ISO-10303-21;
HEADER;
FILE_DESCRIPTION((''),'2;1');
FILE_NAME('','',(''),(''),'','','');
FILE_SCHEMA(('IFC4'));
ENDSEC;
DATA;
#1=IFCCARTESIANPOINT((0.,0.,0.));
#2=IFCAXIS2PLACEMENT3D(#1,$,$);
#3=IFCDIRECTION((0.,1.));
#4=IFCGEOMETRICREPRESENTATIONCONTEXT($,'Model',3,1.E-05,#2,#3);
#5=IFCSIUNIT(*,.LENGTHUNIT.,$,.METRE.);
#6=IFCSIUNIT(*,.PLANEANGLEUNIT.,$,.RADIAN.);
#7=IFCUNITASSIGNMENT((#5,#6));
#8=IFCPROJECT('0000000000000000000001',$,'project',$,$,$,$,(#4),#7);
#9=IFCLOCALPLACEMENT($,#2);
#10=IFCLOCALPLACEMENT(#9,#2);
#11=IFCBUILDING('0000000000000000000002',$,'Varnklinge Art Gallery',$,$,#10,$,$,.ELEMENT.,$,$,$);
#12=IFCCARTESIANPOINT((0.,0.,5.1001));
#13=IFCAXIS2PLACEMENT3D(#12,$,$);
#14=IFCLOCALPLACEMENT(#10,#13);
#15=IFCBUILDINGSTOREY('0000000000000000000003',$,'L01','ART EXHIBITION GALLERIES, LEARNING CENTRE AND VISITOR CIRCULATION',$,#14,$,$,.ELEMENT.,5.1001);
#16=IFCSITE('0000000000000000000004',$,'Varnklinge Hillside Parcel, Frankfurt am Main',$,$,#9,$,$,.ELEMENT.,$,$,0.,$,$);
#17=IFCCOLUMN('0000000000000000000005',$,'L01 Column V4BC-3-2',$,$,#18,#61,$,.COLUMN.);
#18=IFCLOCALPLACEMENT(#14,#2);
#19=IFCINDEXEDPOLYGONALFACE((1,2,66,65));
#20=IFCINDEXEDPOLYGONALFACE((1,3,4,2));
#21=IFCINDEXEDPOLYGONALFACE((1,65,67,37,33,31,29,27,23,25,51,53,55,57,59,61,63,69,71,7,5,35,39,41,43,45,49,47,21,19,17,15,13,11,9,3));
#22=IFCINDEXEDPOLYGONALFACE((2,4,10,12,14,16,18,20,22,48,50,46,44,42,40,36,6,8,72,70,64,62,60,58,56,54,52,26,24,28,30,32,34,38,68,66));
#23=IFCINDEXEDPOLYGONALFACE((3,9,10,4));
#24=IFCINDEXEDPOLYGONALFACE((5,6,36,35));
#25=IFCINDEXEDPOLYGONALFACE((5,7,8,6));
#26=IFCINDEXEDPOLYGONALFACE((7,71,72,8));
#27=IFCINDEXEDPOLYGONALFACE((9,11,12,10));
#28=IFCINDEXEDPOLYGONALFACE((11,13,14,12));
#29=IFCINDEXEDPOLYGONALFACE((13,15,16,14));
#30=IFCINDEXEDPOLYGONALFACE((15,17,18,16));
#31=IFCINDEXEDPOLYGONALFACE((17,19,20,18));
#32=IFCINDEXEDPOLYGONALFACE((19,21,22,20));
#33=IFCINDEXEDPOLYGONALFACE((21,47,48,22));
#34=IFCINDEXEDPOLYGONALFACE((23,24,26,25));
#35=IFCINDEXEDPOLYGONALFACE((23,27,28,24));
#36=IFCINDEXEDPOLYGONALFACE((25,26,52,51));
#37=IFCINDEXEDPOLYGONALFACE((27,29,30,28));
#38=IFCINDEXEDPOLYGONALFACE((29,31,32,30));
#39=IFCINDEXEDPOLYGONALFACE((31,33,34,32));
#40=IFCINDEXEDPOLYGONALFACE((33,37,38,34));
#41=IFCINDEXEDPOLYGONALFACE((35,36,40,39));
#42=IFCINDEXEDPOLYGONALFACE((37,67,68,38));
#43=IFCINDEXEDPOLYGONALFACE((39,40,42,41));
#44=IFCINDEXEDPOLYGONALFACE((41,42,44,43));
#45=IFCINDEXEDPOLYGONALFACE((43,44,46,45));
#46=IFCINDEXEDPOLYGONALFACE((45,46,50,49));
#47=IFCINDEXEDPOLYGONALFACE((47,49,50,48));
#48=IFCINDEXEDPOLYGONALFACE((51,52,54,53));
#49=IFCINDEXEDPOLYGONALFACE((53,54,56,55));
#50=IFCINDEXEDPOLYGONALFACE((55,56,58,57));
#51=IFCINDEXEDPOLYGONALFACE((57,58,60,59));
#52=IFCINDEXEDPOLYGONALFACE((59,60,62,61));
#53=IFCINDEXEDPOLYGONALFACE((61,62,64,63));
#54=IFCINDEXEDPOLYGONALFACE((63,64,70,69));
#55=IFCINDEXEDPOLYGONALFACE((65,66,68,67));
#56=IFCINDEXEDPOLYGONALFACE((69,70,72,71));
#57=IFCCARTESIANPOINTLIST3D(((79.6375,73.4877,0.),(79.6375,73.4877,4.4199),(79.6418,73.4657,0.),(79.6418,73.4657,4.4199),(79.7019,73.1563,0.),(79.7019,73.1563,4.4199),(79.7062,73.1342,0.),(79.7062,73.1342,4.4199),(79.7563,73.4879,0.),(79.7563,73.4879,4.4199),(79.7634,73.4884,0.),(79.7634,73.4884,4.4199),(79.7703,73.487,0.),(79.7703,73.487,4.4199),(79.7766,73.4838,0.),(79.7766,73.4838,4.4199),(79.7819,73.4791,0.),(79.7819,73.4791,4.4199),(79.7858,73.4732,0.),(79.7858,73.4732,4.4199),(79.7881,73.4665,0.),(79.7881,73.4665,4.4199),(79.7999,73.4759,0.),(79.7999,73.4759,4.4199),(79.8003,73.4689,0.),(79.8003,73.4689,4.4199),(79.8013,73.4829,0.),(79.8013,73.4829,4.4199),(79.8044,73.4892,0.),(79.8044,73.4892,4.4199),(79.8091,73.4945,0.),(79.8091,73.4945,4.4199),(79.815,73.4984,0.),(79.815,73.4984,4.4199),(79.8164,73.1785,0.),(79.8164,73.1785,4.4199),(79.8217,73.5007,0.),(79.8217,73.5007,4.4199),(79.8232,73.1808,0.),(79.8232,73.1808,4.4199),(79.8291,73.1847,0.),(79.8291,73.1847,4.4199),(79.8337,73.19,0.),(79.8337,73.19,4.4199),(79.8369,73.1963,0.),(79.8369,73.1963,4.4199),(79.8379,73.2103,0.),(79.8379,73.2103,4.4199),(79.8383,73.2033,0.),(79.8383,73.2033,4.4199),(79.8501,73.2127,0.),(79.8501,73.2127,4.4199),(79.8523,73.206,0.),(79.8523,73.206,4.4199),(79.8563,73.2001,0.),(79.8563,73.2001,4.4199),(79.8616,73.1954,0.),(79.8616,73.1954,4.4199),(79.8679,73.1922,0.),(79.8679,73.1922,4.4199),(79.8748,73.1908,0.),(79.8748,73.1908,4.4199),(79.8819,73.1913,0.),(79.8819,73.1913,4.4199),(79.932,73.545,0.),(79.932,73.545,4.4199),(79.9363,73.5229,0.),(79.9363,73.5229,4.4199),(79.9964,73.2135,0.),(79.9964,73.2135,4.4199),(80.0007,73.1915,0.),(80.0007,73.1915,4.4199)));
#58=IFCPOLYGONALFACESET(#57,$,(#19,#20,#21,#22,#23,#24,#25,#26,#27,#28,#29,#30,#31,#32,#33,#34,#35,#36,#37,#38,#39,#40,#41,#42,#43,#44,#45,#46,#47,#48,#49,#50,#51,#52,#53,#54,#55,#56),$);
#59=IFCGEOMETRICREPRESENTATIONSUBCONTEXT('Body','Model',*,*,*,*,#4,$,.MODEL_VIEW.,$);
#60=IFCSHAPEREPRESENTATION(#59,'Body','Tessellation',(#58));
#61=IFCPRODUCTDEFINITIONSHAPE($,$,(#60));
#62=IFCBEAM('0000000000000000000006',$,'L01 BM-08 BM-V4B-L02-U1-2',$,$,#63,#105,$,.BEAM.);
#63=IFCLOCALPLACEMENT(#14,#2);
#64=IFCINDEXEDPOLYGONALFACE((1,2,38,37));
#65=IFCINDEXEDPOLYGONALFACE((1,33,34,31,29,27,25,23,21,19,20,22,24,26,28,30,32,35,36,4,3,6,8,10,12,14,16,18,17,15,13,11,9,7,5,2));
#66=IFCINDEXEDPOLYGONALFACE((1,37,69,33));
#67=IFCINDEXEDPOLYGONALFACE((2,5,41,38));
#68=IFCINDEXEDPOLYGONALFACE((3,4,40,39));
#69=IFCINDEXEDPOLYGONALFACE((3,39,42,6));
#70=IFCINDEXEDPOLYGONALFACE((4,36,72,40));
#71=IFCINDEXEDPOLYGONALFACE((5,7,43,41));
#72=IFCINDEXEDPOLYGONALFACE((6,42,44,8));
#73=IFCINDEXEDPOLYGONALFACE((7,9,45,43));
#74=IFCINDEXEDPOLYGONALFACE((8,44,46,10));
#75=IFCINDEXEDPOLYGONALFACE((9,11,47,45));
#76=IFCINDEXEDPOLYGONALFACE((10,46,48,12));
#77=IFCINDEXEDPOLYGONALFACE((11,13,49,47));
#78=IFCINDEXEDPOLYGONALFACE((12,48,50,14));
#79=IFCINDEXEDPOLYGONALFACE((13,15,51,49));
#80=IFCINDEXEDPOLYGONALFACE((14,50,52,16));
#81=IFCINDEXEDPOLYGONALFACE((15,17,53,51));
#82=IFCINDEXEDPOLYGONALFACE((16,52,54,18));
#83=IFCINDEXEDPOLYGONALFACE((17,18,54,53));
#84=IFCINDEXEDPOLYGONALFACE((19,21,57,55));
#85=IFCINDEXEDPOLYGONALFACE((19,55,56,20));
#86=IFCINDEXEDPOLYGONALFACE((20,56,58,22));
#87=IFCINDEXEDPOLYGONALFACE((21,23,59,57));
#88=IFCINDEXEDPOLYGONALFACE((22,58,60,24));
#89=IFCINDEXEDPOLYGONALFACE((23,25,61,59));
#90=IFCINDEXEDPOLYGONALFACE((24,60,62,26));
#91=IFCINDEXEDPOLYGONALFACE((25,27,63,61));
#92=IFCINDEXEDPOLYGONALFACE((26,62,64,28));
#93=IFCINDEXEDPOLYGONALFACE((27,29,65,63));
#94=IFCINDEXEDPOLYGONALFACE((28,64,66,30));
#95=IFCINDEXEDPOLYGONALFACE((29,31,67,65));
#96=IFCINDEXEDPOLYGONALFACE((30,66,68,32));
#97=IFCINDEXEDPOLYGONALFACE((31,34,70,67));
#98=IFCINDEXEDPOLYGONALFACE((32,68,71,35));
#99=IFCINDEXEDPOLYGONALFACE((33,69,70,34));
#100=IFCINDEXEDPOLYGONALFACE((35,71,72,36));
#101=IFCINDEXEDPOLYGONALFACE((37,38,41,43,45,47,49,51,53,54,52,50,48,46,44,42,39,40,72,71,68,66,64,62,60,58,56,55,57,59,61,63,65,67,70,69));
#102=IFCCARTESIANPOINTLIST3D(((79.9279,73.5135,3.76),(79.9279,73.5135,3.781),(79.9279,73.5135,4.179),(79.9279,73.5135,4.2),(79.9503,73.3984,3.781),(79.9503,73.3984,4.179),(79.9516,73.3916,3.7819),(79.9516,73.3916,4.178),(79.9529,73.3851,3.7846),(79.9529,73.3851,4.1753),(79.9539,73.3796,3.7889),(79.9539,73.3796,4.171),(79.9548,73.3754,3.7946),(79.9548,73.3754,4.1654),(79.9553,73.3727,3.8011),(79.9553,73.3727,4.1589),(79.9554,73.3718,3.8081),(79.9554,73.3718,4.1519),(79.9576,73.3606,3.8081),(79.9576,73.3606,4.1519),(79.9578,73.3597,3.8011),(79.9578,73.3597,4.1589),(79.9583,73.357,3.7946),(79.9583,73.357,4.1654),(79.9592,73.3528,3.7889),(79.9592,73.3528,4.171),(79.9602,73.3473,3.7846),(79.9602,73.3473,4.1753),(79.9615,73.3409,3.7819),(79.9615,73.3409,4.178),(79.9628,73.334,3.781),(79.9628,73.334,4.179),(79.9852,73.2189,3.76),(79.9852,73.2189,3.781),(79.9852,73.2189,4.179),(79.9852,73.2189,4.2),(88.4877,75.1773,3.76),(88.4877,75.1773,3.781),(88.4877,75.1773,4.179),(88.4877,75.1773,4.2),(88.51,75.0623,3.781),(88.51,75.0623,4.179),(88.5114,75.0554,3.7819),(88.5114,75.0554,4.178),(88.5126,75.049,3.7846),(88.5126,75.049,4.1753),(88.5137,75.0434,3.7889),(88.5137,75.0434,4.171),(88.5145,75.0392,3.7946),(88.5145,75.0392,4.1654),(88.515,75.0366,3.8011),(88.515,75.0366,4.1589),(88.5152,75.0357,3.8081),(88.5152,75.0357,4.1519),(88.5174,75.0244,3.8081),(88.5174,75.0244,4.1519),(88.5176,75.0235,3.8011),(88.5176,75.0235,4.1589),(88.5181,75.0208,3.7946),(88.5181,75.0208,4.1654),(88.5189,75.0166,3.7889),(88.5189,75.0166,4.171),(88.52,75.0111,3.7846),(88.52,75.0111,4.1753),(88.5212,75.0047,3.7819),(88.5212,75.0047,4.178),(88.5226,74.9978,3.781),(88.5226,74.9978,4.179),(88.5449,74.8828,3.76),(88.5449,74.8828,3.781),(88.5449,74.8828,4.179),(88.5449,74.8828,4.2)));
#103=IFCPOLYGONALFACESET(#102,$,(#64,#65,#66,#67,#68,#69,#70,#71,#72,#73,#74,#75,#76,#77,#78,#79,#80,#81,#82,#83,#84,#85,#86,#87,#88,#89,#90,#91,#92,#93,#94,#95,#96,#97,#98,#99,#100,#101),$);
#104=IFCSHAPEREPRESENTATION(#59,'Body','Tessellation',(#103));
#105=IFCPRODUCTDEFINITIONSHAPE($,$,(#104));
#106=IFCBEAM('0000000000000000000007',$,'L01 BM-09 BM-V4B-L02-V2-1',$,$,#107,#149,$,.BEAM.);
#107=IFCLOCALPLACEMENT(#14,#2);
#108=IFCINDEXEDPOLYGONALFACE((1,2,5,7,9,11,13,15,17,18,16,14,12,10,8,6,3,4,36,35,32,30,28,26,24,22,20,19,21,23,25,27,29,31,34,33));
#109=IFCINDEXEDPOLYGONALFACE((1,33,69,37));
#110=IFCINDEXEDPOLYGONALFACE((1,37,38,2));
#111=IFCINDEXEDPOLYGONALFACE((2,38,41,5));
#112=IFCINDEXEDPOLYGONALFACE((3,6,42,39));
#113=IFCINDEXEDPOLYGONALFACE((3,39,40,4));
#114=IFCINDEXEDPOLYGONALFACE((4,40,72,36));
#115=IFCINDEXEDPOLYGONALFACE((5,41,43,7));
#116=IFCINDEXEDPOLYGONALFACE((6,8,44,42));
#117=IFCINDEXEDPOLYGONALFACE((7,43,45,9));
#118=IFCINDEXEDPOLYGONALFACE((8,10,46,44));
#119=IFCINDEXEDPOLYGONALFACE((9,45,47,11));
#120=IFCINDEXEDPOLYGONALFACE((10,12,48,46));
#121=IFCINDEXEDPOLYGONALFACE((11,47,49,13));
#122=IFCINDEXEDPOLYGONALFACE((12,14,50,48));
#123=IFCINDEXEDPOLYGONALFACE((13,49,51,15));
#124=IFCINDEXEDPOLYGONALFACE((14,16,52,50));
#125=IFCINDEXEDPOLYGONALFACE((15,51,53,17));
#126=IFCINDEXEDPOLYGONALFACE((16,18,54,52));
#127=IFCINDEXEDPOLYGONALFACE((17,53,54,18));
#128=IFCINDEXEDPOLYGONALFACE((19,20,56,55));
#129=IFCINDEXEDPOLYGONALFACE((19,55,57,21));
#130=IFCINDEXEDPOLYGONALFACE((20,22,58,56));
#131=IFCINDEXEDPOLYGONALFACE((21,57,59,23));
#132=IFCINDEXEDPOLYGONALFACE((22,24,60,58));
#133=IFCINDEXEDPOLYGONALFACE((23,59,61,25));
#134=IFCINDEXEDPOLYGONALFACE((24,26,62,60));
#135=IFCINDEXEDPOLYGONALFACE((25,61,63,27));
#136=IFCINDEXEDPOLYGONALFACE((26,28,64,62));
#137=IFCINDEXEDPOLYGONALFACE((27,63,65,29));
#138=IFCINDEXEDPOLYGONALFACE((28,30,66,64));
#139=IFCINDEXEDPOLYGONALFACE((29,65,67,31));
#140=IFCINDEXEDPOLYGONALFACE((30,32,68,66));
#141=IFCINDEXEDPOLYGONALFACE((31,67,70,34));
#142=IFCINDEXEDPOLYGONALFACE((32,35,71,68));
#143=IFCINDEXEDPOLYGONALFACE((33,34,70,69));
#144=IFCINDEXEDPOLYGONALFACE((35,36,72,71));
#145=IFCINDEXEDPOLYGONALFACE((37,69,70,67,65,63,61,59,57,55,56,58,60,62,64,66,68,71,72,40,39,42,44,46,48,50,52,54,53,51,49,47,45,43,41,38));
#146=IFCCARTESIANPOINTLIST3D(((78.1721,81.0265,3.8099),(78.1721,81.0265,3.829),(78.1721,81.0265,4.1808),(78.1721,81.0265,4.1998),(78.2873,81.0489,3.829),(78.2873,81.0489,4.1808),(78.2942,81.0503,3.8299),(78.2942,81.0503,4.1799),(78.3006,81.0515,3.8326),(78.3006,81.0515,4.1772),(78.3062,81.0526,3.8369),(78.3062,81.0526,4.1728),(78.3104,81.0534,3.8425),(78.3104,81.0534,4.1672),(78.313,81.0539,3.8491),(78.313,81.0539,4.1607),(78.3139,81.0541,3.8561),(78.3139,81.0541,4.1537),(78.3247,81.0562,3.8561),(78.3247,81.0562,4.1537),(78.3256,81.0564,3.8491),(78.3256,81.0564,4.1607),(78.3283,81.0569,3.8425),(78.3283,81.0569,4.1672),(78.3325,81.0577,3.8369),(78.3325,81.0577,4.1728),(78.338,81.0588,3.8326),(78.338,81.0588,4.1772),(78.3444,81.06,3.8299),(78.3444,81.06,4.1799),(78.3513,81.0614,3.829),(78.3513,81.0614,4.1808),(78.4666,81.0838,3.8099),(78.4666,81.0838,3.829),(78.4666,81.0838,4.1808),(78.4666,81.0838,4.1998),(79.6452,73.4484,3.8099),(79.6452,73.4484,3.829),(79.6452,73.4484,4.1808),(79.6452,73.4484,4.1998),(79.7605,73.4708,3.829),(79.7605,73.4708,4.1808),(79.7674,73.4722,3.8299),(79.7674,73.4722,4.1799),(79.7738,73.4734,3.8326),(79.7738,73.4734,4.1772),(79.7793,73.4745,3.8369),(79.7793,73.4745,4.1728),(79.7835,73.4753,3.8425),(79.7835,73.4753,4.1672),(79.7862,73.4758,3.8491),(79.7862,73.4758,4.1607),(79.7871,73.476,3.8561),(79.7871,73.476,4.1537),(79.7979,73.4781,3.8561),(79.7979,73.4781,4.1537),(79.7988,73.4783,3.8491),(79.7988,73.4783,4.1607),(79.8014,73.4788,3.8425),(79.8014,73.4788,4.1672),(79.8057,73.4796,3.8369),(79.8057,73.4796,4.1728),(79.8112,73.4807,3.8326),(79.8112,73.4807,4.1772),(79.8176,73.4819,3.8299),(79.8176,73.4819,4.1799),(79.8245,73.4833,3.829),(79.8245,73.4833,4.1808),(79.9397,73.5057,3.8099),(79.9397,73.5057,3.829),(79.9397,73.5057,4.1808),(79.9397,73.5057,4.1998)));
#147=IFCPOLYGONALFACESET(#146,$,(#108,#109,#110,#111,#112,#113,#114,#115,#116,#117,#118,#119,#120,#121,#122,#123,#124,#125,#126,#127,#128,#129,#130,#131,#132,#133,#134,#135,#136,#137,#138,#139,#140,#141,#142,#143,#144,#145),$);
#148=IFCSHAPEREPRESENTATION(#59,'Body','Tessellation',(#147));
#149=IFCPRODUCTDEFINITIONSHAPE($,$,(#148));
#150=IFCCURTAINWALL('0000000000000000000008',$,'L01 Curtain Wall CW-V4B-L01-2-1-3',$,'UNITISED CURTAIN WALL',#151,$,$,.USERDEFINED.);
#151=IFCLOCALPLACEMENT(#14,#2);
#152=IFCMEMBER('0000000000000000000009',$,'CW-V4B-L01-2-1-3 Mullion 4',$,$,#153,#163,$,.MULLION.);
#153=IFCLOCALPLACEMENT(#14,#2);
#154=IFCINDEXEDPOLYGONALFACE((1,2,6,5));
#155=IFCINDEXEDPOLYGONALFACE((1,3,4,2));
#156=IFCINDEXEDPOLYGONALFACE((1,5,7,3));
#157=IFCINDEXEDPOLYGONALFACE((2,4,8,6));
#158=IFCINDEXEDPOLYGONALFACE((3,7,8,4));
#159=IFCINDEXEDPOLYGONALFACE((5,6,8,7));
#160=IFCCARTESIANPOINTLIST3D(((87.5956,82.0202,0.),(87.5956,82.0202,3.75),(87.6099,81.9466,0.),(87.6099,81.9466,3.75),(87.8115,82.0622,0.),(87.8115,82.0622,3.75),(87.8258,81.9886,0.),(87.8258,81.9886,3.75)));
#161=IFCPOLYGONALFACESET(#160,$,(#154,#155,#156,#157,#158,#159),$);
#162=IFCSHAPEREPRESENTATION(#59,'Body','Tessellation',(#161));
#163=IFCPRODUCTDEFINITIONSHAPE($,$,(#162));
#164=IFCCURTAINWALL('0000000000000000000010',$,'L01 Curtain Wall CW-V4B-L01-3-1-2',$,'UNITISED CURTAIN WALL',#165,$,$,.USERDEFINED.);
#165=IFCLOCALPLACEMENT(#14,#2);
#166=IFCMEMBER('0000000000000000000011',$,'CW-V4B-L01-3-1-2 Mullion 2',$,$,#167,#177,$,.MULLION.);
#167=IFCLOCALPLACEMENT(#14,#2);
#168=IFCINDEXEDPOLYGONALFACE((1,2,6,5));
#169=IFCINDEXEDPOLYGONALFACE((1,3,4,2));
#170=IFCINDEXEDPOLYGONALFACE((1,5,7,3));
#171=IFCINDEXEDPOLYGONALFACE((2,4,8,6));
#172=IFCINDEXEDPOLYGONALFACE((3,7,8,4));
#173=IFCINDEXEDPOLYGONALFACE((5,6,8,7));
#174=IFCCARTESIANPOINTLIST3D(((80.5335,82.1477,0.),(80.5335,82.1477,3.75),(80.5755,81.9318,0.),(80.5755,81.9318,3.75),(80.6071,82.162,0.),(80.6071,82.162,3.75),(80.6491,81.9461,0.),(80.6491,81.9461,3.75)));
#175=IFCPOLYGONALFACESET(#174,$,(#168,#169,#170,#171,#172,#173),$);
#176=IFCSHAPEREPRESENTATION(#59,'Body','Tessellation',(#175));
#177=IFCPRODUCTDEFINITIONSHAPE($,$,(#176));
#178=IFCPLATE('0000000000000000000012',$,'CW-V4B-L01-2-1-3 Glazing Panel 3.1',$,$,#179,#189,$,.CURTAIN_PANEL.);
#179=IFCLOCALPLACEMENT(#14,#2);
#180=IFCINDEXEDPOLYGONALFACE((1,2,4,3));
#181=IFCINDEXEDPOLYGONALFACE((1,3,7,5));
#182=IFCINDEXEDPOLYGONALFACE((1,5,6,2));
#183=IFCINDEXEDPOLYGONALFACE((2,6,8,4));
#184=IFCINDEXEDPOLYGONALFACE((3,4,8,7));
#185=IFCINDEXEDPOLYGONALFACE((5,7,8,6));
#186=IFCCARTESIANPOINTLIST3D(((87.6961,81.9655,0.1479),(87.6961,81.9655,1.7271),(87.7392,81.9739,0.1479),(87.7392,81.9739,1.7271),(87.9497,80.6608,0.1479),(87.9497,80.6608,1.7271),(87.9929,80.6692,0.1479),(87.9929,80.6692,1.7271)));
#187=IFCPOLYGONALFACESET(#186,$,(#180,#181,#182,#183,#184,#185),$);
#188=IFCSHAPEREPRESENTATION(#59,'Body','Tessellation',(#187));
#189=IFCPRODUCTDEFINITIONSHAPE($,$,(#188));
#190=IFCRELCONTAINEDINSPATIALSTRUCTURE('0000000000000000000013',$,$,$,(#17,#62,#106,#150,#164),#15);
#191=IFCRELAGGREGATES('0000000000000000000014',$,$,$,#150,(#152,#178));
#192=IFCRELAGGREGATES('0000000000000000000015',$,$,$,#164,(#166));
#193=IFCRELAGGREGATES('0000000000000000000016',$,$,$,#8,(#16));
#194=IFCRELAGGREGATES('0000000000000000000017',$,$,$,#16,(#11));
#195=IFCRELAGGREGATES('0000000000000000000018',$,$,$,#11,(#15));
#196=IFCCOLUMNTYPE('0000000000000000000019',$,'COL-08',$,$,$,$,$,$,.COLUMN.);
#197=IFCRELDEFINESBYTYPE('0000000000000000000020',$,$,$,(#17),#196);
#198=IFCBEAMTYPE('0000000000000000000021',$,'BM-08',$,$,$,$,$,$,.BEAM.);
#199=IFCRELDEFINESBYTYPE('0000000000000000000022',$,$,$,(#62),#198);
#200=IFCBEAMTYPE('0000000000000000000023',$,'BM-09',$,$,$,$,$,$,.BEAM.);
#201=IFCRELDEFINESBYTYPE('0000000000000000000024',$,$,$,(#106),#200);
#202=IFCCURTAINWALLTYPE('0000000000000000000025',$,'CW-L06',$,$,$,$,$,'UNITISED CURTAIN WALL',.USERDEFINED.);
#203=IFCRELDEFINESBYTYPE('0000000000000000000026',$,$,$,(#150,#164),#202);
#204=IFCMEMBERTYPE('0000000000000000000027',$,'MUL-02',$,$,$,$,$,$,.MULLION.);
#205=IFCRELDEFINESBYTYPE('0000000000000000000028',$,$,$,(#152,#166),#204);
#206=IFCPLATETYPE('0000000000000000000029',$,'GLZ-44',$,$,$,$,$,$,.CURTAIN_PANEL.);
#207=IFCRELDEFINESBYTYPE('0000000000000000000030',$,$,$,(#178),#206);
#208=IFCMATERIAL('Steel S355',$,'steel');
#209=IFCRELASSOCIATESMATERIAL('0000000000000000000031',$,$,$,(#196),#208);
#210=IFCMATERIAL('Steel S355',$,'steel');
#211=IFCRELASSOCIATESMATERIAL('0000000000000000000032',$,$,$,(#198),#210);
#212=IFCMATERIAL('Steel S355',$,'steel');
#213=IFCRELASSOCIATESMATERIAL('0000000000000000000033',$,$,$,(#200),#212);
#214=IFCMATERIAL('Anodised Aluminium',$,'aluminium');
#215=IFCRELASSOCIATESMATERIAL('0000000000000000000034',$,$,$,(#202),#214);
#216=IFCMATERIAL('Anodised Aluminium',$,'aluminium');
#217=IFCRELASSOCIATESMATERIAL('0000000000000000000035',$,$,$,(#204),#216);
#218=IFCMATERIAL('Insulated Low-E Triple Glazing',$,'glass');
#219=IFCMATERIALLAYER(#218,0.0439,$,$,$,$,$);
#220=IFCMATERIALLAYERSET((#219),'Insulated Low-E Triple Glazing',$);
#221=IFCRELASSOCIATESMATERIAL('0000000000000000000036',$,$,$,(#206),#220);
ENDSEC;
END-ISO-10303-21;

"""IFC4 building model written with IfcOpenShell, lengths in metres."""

from ifc_helpers import new_model, si_unit, direction, frame, origin, origin_2d, place, context, subcontext, project, spatial, rectangle, i_section, extrude, material, layer, layer_set, material_profile, profile_set, type_object, element, aggregate, save


model = new_model("IFC4")

# Units and contexts
model_context = context("Model", 3, precision=1e-05, world=origin(), true_north=direction((0.0, 1.0)))
body_context = subcontext(model_context, "Body", "Model", "MODEL_VIEW")
ifc_project = project(units=[si_unit("LENGTHUNIT", "METRE"), si_unit("PLANEANGLEUNIT", "RADIAN")], contexts=[model_context])

# Site, building, storey
site_placement = place(None, origin())
site = spatial("IfcSite", under=ifc_project, at=site_placement, Name="Varnklinge Hillside Parcel, Frankfurt am Main", CompositionType="ELEMENT", RefElevation=0.0)
building_placement = place(site_placement, origin())
building = spatial("IfcBuilding", under=site, at=building_placement, Name="Varnklinge Art Gallery", CompositionType="ELEMENT")
storey_placement = place(building_placement, frame((0.0, 0.0, 5.1001)))
storey = spatial("IfcBuildingStorey", under=building, at=storey_placement, Name="L01", Description="ART EXHIBITION GALLERIES, LEARNING CENTRE AND VISITOR CIRCULATION", CompositionType="ELEMENT", Elevation=5.1001)

# Column
ifc_material_1 = material(Name="Steel S355", Category="steel")
ifc_material_profile_1 = material_profile(ifc_material_1, i_section(OverallWidth=0.3, OverallDepth=0.3601, WebThickness=0.0125, FlangeThickness=0.0225, FilletRadius=0.0271, at=origin_2d()), Name="HEB 360")
ifc_profile_set_1 = profile_set([ifc_material_profile_1], Name="Steel S355")
column_type = type_object("IfcColumnType", Name="COL-08", PredefinedType="COLUMN", material=ifc_profile_set_1)
column_placement = place(storey_placement, frame((79.8191, 73.3396, 0.0), z_axis=(0.0, 0.0, 1.0), x_axis=(0.981627, 0.190809, 0.0)))
element("IfcColumn", 1, at=column_placement, inside=storey, type_object=column_type, Name="L01 Column V4BC-3-2", PredefinedType="COLUMN", context=body_context, shape_type="SweptSolid", body=[
    extrude(i_section(OverallWidth=0.3, OverallDepth=0.3601, WebThickness=0.0125, FlangeThickness=0.0225, FilletRadius=0.0271, at=origin_2d()), origin(), (0.0, 0.0, 1.0), 4.4199),
])

# Beams
ifc_material_2 = material(Name="Steel S355", Category="steel")
ifc_material_profile_2 = material_profile(ifc_material_2, i_section(OverallWidth=0.3, OverallDepth=0.4399, WebThickness=0.0115, FlangeThickness=0.021, FilletRadius=0.0271, at=origin_2d()), Name="HEA 450")
ifc_profile_set_2 = profile_set([ifc_material_profile_2], Name="Steel S355")
beam_type_1 = type_object("IfcBeamType", Name="BM-08", PredefinedType="BEAM", material=ifc_profile_set_2)
beam_1_placement = place(storey_placement, frame((79.9565, 73.3662, 3.98), z_axis=(0.981628, 0.190804, 0.0), x_axis=(-0.190804, 0.981628, 0.0)))
element("IfcBeam", 2, at=beam_1_placement, inside=storey, type_object=beam_type_1, Name="L01 BM-08 BM-V4B-L02-U1-2", PredefinedType="BEAM", context=body_context, shape_type="SweptSolid", body=[
    extrude(i_section(OverallWidth=0.3, OverallDepth=0.4399, WebThickness=0.0115, FlangeThickness=0.021, FilletRadius=0.0271, at=origin_2d()), origin(), (0.0, 0.0, 1.0), 8.72),
])
ifc_material_3 = material(Name="Steel S355", Category="steel")
ifc_material_profile_3 = material_profile(ifc_material_3, i_section(OverallWidth=0.3, OverallDepth=0.3899, WebThickness=0.011, FlangeThickness=0.019, FilletRadius=0.0271, at=origin_2d()), Name="HEA 400")
ifc_profile_set_3 = profile_set([ifc_material_profile_3], Name="Steel S355")
beam_type_2 = type_object("IfcBeamType", Name="BM-09", PredefinedType="BEAM", material=ifc_profile_set_3)
beam_2_placement = place(storey_placement, frame((79.7925, 73.4771, 4.0049), z_axis=(-0.190822, 0.981625, 0.0), x_axis=(-0.981625, -0.190822, 0.0)))
element("IfcBeam", 3, at=beam_2_placement, inside=storey, type_object=beam_type_2, Name="L01 BM-09 BM-V4B-L02-V2-1", PredefinedType="BEAM", context=body_context, shape_type="SweptSolid", body=[
    extrude(i_section(OverallWidth=0.3, OverallDepth=0.3899, WebThickness=0.011, FlangeThickness=0.019, FilletRadius=0.0271, at=origin_2d()), origin(), (0.0, 0.0, 1.0), 7.72),
])

# Curtain walls, members
ifc_material_4 = material(Name="Anodised Aluminium", Category="aluminium")
curtain_wall_type = type_object("IfcCurtainWallType", Name="CW-L06", ElementType="UNITISED CURTAIN WALL", PredefinedType="USERDEFINED", material=ifc_material_4)
curtain_wall_1_placement = place(storey_placement, origin())
curtain_wall_1 = element("IfcCurtainWall", 4, at=curtain_wall_1_placement, inside=storey, type_object=curtain_wall_type, Name="L01 Curtain Wall CW-V4B-L01-2-1-3", ObjectType="UNITISED CURTAIN WALL", PredefinedType="USERDEFINED")
ifc_material_5 = material(Name="Anodised Aluminium", Category="aluminium")
ifc_material_profile_4 = material_profile(ifc_material_5, rectangle(XDim=0.075, YDim=0.22, at=origin_2d()), Name="ALU 75x220")
ifc_profile_set_4 = profile_set([ifc_material_profile_4], Name="Anodised Aluminium")
member_type = type_object("IfcMemberType", Name="MUL-02", PredefinedType="MULLION", material=ifc_profile_set_4)
member_1_placement = place(storey_placement, frame((87.7107, 82.0044, 0.0), z_axis=(0.0, 0.0, 1.0), x_axis=(-0.190809, 0.981627, 0.0)))
member_1 = element("IfcMember", 5, at=member_1_placement, type_object=member_type, Name="CW-V4B-L01-2-1-3 Mullion 4", PredefinedType="MULLION", context=body_context, shape_type="SweptSolid", body=[
    extrude(rectangle(XDim=0.075, YDim=0.22, at=origin_2d()), origin(), (0.0, 0.0, 1.0), 3.75),
])
curtain_wall_2_placement = place(storey_placement, origin())
curtain_wall_2 = element("IfcCurtainWall", 6, at=curtain_wall_2_placement, inside=storey, type_object=curtain_wall_type, Name="L01 Curtain Wall CW-V4B-L01-3-1-2", ObjectType="UNITISED CURTAIN WALL", PredefinedType="USERDEFINED")
member_2_placement = place(storey_placement, frame((80.5913, 82.0469, 0.0), z_axis=(0.0, 0.0, 1.0), x_axis=(-0.981627, -0.190809, 0.0)))
member_2 = element("IfcMember", 7, at=member_2_placement, type_object=member_type, Name="CW-V4B-L01-3-1-2 Mullion 2", PredefinedType="MULLION", context=body_context, shape_type="SweptSolid", body=[
    extrude(rectangle(XDim=0.075, YDim=0.22, at=origin_2d()), origin(), (0.0, 0.0, 1.0), 3.75),
])

# Plate
ifc_material_6 = material(Name="Insulated Low-E Triple Glazing", Category="glass")
ifc_layer_1 = layer(ifc_material_6, 0.0439)
ifc_layer_set_1 = layer_set([ifc_layer_1], Name="Insulated Low-E Triple Glazing")
plate_type = type_object("IfcPlateType", Name="GLZ-44", PredefinedType="CURTAIN_PANEL", material=ifc_layer_set_1)
plate_1_placement = place(storey_placement, frame((87.8445, 81.3174, 0.1479), z_axis=(0.0, 0.0, 1.0), x_axis=(-0.190809, 0.981627, 0.0)))
plate_1 = element("IfcPlate", 8, at=plate_1_placement, type_object=plate_type, Name="CW-V4B-L01-2-1-3 Glazing Panel 3.1", PredefinedType="CURTAIN_PANEL", context=body_context, shape_type="SweptSolid", body=[
    extrude(rectangle(XDim=1.3291, YDim=0.0439, at=origin_2d()), origin(), (0.0, 0.0, 1.0), 1.5791),
])
aggregate(curtain_wall_1, [member_1, plate_1])
aggregate(curtain_wall_2, [member_2])

save(model, "model.ifc")
